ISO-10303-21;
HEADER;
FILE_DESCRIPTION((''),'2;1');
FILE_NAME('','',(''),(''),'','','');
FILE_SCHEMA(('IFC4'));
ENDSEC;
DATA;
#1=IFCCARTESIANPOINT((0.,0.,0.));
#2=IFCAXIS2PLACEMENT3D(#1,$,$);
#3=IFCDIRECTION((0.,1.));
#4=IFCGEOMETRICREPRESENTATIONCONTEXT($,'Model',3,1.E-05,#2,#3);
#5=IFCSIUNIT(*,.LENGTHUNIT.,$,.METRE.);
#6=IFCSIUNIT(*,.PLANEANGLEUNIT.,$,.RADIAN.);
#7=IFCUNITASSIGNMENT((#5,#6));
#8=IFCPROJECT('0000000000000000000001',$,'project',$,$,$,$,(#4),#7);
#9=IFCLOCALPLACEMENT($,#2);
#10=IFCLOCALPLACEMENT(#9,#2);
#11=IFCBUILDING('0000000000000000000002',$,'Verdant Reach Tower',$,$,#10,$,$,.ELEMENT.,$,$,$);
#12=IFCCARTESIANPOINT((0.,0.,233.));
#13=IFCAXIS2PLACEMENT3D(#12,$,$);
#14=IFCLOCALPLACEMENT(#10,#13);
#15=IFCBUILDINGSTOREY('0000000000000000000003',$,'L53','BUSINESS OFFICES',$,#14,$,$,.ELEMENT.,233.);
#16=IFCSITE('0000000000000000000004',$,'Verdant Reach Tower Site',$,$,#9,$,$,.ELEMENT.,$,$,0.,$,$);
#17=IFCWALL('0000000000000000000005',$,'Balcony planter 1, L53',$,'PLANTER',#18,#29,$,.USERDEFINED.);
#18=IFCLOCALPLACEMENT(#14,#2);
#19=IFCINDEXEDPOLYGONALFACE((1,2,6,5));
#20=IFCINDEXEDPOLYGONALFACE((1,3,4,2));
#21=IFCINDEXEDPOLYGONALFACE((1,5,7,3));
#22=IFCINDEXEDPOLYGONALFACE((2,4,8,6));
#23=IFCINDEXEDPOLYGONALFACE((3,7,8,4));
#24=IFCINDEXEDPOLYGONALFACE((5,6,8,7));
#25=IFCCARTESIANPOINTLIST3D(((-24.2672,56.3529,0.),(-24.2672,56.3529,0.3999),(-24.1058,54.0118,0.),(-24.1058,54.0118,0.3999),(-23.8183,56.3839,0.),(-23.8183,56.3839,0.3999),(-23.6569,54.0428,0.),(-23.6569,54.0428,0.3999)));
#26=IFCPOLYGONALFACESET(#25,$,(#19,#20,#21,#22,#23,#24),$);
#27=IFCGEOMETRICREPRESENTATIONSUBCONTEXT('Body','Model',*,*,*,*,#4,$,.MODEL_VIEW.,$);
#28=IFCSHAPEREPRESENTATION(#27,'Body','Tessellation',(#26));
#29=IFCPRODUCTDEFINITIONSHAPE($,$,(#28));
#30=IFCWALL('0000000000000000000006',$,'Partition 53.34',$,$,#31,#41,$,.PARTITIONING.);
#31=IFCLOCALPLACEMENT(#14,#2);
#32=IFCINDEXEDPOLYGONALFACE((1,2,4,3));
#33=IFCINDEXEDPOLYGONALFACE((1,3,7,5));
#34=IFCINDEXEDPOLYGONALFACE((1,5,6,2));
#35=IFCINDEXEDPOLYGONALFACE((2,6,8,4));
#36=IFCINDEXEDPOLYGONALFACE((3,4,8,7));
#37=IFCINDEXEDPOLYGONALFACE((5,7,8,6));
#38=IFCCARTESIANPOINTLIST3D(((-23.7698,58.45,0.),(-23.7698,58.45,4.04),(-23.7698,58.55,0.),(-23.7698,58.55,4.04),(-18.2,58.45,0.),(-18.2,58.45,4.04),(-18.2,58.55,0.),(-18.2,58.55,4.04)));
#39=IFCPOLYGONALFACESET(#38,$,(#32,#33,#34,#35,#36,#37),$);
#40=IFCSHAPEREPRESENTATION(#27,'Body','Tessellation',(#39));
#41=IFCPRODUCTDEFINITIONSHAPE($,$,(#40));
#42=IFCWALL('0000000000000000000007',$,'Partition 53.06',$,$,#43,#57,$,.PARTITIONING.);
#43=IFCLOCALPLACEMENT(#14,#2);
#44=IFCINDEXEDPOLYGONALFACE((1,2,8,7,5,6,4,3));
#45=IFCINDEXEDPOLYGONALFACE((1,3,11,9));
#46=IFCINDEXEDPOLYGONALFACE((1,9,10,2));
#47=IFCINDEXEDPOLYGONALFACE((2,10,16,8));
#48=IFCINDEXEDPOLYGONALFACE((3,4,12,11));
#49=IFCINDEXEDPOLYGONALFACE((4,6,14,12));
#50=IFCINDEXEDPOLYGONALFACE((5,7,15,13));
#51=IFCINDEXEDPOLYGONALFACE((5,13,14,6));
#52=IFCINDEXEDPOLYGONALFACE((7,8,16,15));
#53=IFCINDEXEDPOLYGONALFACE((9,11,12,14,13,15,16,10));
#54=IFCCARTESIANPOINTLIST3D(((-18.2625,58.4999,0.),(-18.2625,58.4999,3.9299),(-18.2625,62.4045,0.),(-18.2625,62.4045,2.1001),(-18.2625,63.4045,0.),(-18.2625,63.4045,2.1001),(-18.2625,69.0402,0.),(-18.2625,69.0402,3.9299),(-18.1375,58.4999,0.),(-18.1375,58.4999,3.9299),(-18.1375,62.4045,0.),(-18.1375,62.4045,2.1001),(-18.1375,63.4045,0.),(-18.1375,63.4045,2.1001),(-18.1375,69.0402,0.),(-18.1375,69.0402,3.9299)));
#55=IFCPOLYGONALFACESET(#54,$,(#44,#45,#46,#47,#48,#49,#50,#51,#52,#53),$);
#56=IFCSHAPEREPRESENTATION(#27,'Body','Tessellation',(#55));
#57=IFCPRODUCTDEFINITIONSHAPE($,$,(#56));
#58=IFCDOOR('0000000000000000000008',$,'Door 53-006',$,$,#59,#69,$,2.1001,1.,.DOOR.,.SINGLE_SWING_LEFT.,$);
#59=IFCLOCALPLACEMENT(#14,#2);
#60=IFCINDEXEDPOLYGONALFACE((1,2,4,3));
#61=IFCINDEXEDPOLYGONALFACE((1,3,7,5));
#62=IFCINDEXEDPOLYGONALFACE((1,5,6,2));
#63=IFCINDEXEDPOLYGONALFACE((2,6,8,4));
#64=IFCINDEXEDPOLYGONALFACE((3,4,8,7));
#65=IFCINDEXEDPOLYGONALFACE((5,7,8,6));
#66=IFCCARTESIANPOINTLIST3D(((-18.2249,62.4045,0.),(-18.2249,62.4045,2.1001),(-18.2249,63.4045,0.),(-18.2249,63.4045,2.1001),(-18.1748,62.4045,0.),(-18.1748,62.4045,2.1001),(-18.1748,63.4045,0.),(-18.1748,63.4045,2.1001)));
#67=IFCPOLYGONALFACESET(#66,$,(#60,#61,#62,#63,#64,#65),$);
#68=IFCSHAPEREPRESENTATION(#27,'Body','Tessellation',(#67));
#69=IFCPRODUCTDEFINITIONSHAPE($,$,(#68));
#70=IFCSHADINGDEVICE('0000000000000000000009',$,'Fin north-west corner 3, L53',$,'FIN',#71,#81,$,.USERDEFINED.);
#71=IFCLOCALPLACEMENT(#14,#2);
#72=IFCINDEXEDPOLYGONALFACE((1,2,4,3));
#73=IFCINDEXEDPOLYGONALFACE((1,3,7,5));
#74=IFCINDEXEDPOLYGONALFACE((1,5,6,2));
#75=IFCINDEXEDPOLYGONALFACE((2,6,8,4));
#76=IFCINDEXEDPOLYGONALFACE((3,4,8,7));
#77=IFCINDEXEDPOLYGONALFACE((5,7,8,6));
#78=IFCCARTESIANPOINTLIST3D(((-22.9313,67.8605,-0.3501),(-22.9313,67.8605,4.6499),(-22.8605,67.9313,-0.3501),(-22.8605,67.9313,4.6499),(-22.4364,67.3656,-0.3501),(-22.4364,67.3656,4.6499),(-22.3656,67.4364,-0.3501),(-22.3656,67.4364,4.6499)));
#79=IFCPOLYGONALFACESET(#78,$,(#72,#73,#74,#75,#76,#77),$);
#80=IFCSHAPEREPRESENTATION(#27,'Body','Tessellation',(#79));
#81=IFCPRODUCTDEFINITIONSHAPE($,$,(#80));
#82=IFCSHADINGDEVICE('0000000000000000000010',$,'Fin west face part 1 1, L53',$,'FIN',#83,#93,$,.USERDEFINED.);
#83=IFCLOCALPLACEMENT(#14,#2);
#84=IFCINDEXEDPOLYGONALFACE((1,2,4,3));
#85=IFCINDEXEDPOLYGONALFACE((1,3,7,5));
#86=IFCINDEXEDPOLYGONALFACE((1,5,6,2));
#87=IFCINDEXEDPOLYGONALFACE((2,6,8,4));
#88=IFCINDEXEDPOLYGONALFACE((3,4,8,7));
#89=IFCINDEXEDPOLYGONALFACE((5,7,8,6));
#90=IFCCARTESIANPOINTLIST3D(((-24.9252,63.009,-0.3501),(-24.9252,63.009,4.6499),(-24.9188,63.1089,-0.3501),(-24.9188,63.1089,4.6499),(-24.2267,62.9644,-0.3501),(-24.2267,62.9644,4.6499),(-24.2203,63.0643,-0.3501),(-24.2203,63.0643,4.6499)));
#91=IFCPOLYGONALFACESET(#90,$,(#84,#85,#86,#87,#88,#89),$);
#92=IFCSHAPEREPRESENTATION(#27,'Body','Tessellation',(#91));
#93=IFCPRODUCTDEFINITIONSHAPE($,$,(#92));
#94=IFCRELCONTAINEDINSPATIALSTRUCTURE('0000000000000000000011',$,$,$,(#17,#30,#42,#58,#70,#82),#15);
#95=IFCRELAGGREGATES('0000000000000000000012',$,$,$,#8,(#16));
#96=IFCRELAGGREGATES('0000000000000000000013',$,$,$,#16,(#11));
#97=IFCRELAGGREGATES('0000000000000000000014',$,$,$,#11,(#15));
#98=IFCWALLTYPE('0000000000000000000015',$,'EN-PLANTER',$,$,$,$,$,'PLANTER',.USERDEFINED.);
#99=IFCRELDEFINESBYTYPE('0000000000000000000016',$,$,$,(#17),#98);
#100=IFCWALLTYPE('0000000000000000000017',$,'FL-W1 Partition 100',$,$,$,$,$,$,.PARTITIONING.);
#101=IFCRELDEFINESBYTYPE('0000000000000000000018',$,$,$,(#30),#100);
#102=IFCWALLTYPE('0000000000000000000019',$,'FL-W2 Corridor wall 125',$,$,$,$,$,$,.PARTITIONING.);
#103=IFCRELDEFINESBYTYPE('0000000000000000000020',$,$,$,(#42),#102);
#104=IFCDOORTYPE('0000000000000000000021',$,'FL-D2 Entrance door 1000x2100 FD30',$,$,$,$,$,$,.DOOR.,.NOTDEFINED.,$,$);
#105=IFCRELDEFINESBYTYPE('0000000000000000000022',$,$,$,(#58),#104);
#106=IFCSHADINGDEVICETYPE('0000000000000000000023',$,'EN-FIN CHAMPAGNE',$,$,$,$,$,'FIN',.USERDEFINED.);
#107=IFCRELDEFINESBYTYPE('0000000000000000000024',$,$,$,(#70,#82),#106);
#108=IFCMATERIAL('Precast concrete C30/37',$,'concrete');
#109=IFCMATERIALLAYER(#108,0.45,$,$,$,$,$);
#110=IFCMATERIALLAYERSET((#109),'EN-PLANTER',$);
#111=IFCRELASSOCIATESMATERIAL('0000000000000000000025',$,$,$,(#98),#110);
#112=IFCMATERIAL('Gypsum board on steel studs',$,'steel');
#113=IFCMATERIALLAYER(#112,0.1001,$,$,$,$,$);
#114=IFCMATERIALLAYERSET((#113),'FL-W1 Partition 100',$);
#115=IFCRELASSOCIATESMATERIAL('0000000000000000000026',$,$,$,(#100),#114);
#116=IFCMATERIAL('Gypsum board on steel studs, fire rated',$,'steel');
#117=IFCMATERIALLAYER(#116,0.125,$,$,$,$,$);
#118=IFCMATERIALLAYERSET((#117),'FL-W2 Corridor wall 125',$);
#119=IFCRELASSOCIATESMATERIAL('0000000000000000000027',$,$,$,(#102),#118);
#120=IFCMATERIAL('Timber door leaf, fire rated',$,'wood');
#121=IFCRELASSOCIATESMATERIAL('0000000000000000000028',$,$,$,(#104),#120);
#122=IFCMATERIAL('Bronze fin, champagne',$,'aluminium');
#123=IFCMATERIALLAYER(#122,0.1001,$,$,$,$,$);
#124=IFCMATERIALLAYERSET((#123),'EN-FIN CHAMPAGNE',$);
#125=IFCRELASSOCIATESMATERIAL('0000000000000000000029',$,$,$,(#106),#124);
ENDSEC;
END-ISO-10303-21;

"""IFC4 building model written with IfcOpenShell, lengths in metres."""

from ifc_helpers import new_model, si_unit, direction, frame, frame_2d, origin, origin_2d, place, context, subcontext, project, spatial, rectangle, extrude, material, layer, layer_set, type_object, element, fill, save


model = new_model("IFC4")

# Units and contexts
model_context = context("Model", 3, precision=1e-05, world=origin(), true_north=direction((0.0, 1.0)))
body_context = subcontext(model_context, "Body", "Model", "MODEL_VIEW")
ifc_project = project(units=[si_unit("LENGTHUNIT", "METRE"), si_unit("PLANEANGLEUNIT", "RADIAN")], contexts=[model_context])

# Site, building, storey
site_placement = place(None, origin())
site = spatial("IfcSite", under=ifc_project, at=site_placement, Name="Verdant Reach Tower Site", CompositionType="ELEMENT", RefElevation=0.0)
building_placement = place(site_placement, origin())
building = spatial("IfcBuilding", under=site, at=building_placement, Name="Verdant Reach Tower", CompositionType="ELEMENT")
storey_placement = place(building_placement, frame((0.0, 0.0, 233.0)))
storey = spatial("IfcBuildingStorey", under=building, at=storey_placement, Name="L53", Description="BUSINESS OFFICES", CompositionType="ELEMENT", Elevation=233.0)

# Walls
ifc_material_1 = material(Name="Precast concrete C30/37", Category="concrete")
ifc_layer_1 = layer(ifc_material_1, 0.45)
ifc_layer_set_1 = layer_set([ifc_layer_1], Name="EN-PLANTER")
wall_type_1 = type_object("IfcWallType", Name="EN-PLANTER", ElementType="PLANTER", PredefinedType="USERDEFINED", material=ifc_layer_set_1)
wall_1_placement = place(storey_placement, frame((-24.0427, 56.3684, 0.0), z_axis=(0.0, 0.0, 1.0), x_axis=(0.06877, -0.997633, 0.0)))
element("IfcWall", 1, at=wall_1_placement, inside=storey, type_object=wall_type_1, Name="Balcony planter 1, L53", ObjectType="PLANTER", PredefinedType="USERDEFINED", context=body_context, shape_type="SweptSolid", body=[
    extrude(rectangle(XDim=2.3467, YDim=0.45, at=frame_2d((1.1733, 0.0))), origin(), (0.0, 0.0, 1.0), 0.3999),
])
ifc_material_2 = material(Name="Gypsum board on steel studs", Category="steel")
ifc_layer_2 = layer(ifc_material_2, 0.1001)
ifc_layer_set_2 = layer_set([ifc_layer_2], Name="FL-W1 Partition 100")
wall_type_2 = type_object("IfcWallType", Name="FL-W1 Partition 100", PredefinedType="PARTITIONING", material=ifc_layer_set_2)
wall_2_placement = place(storey_placement, frame((-18.2, 58.5, 0.0), z_axis=(0.0, 0.0, 1.0), x_axis=(-1.0, 0.0, 0.0)))
element("IfcWall", 2, at=wall_2_placement, inside=storey, type_object=wall_type_2, Name="Partition 53.34", PredefinedType="PARTITIONING", context=body_context, shape_type="SweptSolid", body=[
    extrude(rectangle(XDim=5.5698, YDim=0.1001, at=frame_2d((2.7849, 0.0))), origin(), (0.0, 0.0, 1.0), 4.04),
])

# Wall, opening, door
ifc_material_3 = material(Name="Gypsum board on steel studs, fire rated", Category="steel")
ifc_layer_3 = layer(ifc_material_3, 0.125)
ifc_layer_set_3 = layer_set([ifc_layer_3], Name="FL-W2 Corridor wall 125")
wall_type_3 = type_object("IfcWallType", Name="FL-W2 Corridor wall 125", PredefinedType="PARTITIONING", material=ifc_layer_set_3)
wall_3_placement = place(storey_placement, frame((-18.2, 58.5, 0.0), z_axis=(0.0, 0.0, 1.0), x_axis=(0.0, 1.0, 0.0)))
wall_3 = element("IfcWall", 3, at=wall_3_placement, inside=storey, type_object=wall_type_3, Name="Partition 53.06", PredefinedType="PARTITIONING", context=body_context, shape_type="SweptSolid", body=[
    extrude(rectangle(XDim=10.5403, YDim=0.125, at=frame_2d((5.27, 0.0))), origin(), (0.0, 0.0, 1.0), 3.9299),
])
opening_1_placement = place(wall_3_placement, frame((3.9045, 0.0, 0.0)))
opening_1 = element("IfcOpeningElement", 4, at=opening_1_placement, cuts=wall_3, PredefinedType="OPENING", context=body_context, shape_type="SweptSolid", body=[
    extrude(rectangle(XDim=1.0, YDim=2.1001, at=frame_2d((0.5, 1.05))), frame((0.0, 0.0725, 0.0), z_axis=(0.0, -1.0, 0.0), x_axis=(1.0, 0.0, 0.0)), (0.0, 0.0, 1.0), 0.145),
])
ifc_material_4 = material(Name="Timber door leaf, fire rated", Category="wood")
door_type_1 = type_object("IfcDoorType", Name="FL-D2 Entrance door 1000x2100 FD30", OperationType="NOTDEFINED", PredefinedType="DOOR", material=ifc_material_4)
door_1_placement = place(opening_1_placement, origin())
door_1 = element("IfcDoor", 5, at=door_1_placement, inside=storey, type_object=door_type_1, Name="Door 53-006", OperationType="SINGLE_SWING_LEFT", OverallHeight=2.1001, OverallWidth=1.0, PredefinedType="DOOR", context=body_context, shape_type="SweptSolid", body=[
    extrude(rectangle(XDim=1.0, YDim=2.1001, at=frame_2d((0.5, 1.05))), frame((0.0, 0.0249, 0.0), z_axis=(0.0, -1.0, 0.0), x_axis=(1.0, 0.0, 0.0)), (0.0, 0.0, 1.0), 0.05),
])
fill(opening_1, door_1)

# Shading devices
ifc_material_5 = material(Name="Bronze fin, champagne", Category="aluminium")
ifc_layer_4 = layer(ifc_material_5, 0.1001)
ifc_layer_set_4 = layer_set([ifc_layer_4], Name="EN-FIN CHAMPAGNE")
shading_device_type = type_object("IfcShadingDeviceType", Name="EN-FIN CHAMPAGNE", ElementType="FIN", PredefinedType="USERDEFINED", material=ifc_layer_set_4)
for number, where, z_axis, x_axis, name in (
    (6, (-22.6484, 67.6484, -0.3501), (0.0, 0.0, 1.0), (-0.707107, -0.707107, 0.0), "Fin north-west corner 3, L53"),
    (7, (-24.5728, 63.0366, -0.3501), (0.0, 0.0, 1.0), (-0.063699, -0.997969, 0.0), "Fin west face part 1 1, L53"),
):
    element("IfcShadingDevice", number, at=place(storey_placement, frame(where, z_axis=z_axis, x_axis=x_axis)), inside=storey, type_object=shading_device_type, Name=name, ObjectType="FIN", PredefinedType="USERDEFINED", context=body_context, shape_type="SweptSolid", body=[
        extrude(rectangle(XDim=0.1001, YDim=0.7, at=origin_2d()), origin(), (0.0, 0.0, 1.0), 5.0),
    ])

save(model, "model.ifc")
